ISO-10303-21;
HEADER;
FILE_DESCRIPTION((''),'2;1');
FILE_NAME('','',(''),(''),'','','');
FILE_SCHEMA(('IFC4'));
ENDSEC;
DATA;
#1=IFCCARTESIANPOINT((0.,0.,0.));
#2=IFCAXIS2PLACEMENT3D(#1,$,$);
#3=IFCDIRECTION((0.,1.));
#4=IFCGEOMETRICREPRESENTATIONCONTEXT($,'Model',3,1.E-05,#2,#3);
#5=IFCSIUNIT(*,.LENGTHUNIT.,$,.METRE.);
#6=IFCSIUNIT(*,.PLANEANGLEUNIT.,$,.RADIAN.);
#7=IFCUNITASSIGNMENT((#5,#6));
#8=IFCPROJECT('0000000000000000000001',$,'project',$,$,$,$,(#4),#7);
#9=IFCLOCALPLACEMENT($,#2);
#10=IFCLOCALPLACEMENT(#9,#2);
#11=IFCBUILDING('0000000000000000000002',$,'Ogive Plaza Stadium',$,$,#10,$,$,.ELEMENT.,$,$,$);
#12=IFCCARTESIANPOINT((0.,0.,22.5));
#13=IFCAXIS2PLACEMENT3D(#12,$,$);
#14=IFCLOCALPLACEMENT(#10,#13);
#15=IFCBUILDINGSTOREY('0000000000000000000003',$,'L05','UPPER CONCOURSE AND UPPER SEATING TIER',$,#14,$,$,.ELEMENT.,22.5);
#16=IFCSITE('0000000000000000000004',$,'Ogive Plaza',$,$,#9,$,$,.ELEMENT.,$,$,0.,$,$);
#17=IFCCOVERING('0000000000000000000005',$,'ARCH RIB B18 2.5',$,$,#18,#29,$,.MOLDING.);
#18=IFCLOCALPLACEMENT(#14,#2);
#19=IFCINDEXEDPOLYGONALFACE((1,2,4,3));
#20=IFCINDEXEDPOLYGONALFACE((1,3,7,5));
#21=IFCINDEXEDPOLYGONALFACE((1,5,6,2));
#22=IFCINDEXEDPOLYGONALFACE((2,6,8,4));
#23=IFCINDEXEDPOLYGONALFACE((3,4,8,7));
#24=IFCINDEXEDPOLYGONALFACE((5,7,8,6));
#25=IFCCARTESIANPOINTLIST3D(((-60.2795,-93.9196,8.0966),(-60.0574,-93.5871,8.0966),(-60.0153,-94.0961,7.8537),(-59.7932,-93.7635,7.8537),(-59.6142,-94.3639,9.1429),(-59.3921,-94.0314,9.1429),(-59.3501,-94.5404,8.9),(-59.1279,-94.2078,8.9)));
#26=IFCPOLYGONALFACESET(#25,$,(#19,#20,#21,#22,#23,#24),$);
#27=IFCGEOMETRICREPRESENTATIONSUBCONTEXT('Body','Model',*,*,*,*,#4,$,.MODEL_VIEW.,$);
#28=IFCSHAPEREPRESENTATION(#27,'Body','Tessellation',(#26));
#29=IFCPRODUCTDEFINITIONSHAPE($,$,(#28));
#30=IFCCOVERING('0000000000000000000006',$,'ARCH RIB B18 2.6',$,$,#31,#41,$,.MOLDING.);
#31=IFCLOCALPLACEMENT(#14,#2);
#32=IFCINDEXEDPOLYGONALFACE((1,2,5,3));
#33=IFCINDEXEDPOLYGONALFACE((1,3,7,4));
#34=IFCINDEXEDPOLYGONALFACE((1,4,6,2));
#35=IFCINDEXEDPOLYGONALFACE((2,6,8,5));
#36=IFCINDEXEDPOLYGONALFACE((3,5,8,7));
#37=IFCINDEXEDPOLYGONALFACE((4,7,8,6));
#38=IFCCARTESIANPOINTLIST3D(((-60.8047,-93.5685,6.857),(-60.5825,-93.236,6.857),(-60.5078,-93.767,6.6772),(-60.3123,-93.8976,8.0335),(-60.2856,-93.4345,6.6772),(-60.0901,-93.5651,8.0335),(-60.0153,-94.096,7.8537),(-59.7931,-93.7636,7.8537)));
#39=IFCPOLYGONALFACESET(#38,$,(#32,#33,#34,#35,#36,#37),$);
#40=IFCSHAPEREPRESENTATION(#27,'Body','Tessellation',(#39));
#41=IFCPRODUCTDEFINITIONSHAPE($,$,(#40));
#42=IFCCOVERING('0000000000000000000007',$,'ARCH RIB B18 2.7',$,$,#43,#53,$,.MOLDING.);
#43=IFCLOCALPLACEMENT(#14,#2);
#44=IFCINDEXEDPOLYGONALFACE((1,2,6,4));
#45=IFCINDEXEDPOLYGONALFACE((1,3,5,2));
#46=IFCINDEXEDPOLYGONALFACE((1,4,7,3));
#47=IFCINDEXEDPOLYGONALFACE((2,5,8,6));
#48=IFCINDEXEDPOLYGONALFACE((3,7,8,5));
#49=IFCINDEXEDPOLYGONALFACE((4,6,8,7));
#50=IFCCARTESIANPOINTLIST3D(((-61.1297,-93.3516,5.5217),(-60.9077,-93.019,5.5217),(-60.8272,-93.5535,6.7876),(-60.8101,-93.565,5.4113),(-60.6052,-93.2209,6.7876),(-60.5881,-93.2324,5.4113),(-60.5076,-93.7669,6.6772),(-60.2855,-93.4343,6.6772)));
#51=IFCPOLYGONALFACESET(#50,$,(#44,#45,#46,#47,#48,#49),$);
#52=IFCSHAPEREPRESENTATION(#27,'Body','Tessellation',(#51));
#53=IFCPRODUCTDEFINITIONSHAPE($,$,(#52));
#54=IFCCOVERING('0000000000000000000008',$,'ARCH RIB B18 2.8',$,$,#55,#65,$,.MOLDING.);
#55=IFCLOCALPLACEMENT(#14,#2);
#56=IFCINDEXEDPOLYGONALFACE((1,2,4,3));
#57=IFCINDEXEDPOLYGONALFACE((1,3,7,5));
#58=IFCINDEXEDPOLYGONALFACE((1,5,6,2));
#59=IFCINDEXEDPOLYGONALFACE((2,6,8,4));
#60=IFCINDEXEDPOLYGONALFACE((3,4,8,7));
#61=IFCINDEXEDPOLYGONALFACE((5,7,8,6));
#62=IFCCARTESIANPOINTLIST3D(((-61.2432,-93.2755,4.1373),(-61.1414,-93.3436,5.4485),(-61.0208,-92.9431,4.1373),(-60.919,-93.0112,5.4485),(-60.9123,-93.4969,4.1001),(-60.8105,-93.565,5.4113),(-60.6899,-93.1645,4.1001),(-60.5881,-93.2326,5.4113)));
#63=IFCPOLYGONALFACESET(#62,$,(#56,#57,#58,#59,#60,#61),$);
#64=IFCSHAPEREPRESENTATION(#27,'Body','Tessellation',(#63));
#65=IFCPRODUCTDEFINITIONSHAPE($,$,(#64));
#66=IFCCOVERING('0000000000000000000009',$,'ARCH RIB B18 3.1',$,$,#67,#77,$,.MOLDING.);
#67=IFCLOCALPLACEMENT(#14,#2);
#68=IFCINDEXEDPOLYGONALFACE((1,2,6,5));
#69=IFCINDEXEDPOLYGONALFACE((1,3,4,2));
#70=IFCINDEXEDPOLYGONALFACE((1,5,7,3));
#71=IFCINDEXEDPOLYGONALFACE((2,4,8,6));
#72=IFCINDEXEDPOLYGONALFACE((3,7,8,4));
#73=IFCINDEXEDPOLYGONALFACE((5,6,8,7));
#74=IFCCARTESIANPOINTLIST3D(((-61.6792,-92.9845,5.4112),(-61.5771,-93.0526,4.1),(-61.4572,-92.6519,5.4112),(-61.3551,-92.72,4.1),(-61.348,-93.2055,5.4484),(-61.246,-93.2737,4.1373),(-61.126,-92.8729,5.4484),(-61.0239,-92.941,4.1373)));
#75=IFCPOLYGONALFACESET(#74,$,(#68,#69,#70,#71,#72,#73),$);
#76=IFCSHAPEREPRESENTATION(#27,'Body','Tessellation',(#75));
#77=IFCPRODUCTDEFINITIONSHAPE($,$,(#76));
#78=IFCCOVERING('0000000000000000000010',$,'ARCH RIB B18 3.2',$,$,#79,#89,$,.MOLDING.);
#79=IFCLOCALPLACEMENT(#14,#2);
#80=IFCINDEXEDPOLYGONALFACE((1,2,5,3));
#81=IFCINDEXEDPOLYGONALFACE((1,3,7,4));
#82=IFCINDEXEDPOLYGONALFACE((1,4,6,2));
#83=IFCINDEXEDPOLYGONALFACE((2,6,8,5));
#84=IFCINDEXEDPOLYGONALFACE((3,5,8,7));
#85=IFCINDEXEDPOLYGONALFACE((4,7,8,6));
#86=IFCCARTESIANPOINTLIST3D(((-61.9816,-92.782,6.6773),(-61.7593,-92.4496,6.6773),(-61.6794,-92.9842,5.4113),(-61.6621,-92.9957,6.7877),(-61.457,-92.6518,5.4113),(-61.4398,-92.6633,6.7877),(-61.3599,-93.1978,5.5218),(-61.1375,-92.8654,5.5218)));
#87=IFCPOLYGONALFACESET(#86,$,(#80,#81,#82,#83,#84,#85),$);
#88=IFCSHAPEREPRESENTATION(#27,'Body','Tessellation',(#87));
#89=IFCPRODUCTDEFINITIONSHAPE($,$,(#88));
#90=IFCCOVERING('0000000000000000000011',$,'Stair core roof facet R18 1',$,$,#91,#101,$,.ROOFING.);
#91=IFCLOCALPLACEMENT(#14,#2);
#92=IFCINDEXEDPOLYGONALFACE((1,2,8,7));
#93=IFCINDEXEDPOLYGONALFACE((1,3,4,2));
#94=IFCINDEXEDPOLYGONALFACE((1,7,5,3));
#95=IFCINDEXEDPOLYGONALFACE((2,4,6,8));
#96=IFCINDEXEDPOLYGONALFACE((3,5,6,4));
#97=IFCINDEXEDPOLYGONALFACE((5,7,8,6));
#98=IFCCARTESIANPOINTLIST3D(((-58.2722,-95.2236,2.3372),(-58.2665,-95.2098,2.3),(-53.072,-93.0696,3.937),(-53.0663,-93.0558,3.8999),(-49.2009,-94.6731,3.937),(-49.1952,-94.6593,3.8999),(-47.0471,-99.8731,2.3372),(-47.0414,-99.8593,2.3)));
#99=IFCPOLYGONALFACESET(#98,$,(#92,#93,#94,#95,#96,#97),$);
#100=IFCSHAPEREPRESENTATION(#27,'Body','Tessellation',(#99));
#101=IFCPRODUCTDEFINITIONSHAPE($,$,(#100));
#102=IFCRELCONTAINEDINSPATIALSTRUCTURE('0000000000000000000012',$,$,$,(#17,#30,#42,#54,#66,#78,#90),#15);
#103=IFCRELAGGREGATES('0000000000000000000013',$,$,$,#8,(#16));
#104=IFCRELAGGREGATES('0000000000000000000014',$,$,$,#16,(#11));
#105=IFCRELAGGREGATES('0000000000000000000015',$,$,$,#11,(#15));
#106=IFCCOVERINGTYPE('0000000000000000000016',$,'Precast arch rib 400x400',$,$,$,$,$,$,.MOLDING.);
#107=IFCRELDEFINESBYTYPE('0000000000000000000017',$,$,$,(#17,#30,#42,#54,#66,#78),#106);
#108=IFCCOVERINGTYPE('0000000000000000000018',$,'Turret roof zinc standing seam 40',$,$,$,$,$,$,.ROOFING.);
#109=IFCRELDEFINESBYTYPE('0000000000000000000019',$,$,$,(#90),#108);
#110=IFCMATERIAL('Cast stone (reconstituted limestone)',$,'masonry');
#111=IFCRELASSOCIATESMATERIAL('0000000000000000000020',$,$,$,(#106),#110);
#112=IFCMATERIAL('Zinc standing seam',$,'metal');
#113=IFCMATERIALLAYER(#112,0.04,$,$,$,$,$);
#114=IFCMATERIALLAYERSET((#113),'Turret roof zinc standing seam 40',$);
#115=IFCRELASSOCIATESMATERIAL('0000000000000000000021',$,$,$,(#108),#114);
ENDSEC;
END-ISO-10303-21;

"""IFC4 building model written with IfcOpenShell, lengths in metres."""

from ifc_helpers import new_model, si_unit, direction, frame, origin, origin_2d, place, context, subcontext, project, spatial, polyline, rectangle, outline, extrude, material, layer, layer_set, material_profile, profile_set, type_object, element, save


model = new_model("IFC4")

# Units and contexts
model_context = context("Model", 3, precision=1e-05, world=origin(), true_north=direction((0.0, 1.0)))
body_context = subcontext(model_context, "Body", "Model", "MODEL_VIEW")
ifc_project = project(units=[si_unit("LENGTHUNIT", "METRE"), si_unit("PLANEANGLEUNIT", "RADIAN")], contexts=[model_context])

# Site, building, storey
site_placement = place(None, origin())
site = spatial("IfcSite", under=ifc_project, at=site_placement, Name="Ogive Plaza", CompositionType="ELEMENT", RefElevation=0.0)
building_placement = place(site_placement, origin())
building = spatial("IfcBuilding", under=site, at=building_placement, Name="Ogive Plaza Stadium", CompositionType="ELEMENT")
storey_placement = place(building_placement, frame((0.0, 0.0, 22.5)))
storey = spatial("IfcBuildingStorey", under=building, at=storey_placement, Name="L05", Description="UPPER CONCOURSE AND UPPER SEATING TIER", CompositionType="ELEMENT", Elevation=22.5)

# Coverings
ifc_material_1 = material(Name="Cast stone (reconstituted limestone)", Category="masonry")
ifc_material_profile_1 = material_profile(ifc_material_1, rectangle(XDim=0.3999, YDim=0.3999, at=origin_2d()), Name="Cast stone 400x400")
ifc_profile_set_1 = profile_set([ifc_material_profile_1], Name="Cast stone (reconstituted limestone)")
covering_type_1 = type_object("IfcCoveringType", Name="Precast arch rib 400x400", PredefinedType="MOLDING", material=ifc_profile_set_1)
for number, where, z_axis, x_axis, name in (
    (1, (-59.3711, -94.2859, 9.0215), (-0.505082, 0.337339, -0.794415), (-0.555404, -0.831581, 0.0), "ARCH RIB B18 2.5"),
    (2, (-60.0527, -93.8306, 7.9436), (-0.373851, 0.249852, -0.893202), (-0.555651, -0.831416, 0.0), "ARCH RIB B18 2.6"),
    (3, (-60.5564, -93.4939, 6.7324), (-0.229668, 0.153297, -0.96112), (-0.555165, -0.83174, 0.0), "ARCH RIB B18 2.7"),
):
    element("IfcCovering", number, at=place(storey_placement, frame(where, z_axis=z_axis, x_axis=x_axis)), inside=storey, type_object=covering_type_1, Name=name, PredefinedType="MOLDING", context=body_context, shape_type="SweptSolid", body=[
        extrude(rectangle(XDim=0.3999, YDim=0.3999, at=origin_2d()), origin(), (0.0, 0.0, 1.0), 1.3171),
    ])
for number, where, z_axis, x_axis, name in (
    (4, (-60.8647, -93.2881, 5.4299), (-0.077303, 0.05172, -0.995665), (-0.556079, -0.831129, 0.0), "ARCH RIB B18 2.8"),
    (5, (-61.3005, -92.9968, 4.1187), (-0.077487, 0.05172, 0.995651), (-0.555159, -0.831744, 0.0), "ARCH RIB B18 3.1"),
):
    element("IfcCovering", number, at=place(storey_placement, frame(where, z_axis=z_axis, x_axis=x_axis)), inside=storey, type_object=covering_type_1, Name=name, PredefinedType="MOLDING", context=body_context, shape_type="SweptSolid", body=[
        extrude(rectangle(XDim=0.3999, YDim=0.3999, at=origin_2d()), origin(), (0.0, 0.0, 1.0), 1.3169),
    ])
covering_1_placement = place(storey_placement, frame((-61.4084, -92.9248, 5.4666), z_axis=(-0.229486, 0.153485, 0.961134), x_axis=(-0.555939, -0.831223, 0.0)))
element("IfcCovering", 6, at=covering_1_placement, inside=storey, type_object=covering_type_1, Name="ARCH RIB B18 3.2", PredefinedType="MOLDING", context=body_context, shape_type="SweptSolid", body=[
    extrude(rectangle(XDim=0.3999, YDim=0.3999, at=origin_2d()), origin(), (0.0, 0.0, 1.0), 1.3171),
])
ifc_material_2 = material(Name="Zinc standing seam", Category="metal")
ifc_layer_1 = layer(ifc_material_2, 0.04)
ifc_layer_set_1 = layer_set([ifc_layer_1], Name="Turret roof zinc standing seam 40")
covering_type_2 = type_object("IfcCoveringType", Name="Turret roof zinc standing seam 40", PredefinedType="ROOFING", material=ifc_layer_set_1)
covering_2_placement = place(storey_placement, frame((-58.2722, -95.2236, 2.3372), z_axis=(-0.142726, -0.344578, 0.927844), x_axis=(0.923884, -0.382672, 0.000002)))
element("IfcCovering", 7, at=covering_2_placement, inside=storey, type_object=covering_type_2, Name="Stair core roof facet R18 1", PredefinedType="ROOFING", context=body_context, shape_type="SweptSolid", body=[
    extrude(outline(polyline([(0.0, 0.0), (12.1499, 0.0), (8.1701, 4.2895), (3.9801, 4.2896), (0.0, 0.0)])), origin(), (0.0, 0.0, -1.0), 0.04),
])

save(model, "model.ifc")
